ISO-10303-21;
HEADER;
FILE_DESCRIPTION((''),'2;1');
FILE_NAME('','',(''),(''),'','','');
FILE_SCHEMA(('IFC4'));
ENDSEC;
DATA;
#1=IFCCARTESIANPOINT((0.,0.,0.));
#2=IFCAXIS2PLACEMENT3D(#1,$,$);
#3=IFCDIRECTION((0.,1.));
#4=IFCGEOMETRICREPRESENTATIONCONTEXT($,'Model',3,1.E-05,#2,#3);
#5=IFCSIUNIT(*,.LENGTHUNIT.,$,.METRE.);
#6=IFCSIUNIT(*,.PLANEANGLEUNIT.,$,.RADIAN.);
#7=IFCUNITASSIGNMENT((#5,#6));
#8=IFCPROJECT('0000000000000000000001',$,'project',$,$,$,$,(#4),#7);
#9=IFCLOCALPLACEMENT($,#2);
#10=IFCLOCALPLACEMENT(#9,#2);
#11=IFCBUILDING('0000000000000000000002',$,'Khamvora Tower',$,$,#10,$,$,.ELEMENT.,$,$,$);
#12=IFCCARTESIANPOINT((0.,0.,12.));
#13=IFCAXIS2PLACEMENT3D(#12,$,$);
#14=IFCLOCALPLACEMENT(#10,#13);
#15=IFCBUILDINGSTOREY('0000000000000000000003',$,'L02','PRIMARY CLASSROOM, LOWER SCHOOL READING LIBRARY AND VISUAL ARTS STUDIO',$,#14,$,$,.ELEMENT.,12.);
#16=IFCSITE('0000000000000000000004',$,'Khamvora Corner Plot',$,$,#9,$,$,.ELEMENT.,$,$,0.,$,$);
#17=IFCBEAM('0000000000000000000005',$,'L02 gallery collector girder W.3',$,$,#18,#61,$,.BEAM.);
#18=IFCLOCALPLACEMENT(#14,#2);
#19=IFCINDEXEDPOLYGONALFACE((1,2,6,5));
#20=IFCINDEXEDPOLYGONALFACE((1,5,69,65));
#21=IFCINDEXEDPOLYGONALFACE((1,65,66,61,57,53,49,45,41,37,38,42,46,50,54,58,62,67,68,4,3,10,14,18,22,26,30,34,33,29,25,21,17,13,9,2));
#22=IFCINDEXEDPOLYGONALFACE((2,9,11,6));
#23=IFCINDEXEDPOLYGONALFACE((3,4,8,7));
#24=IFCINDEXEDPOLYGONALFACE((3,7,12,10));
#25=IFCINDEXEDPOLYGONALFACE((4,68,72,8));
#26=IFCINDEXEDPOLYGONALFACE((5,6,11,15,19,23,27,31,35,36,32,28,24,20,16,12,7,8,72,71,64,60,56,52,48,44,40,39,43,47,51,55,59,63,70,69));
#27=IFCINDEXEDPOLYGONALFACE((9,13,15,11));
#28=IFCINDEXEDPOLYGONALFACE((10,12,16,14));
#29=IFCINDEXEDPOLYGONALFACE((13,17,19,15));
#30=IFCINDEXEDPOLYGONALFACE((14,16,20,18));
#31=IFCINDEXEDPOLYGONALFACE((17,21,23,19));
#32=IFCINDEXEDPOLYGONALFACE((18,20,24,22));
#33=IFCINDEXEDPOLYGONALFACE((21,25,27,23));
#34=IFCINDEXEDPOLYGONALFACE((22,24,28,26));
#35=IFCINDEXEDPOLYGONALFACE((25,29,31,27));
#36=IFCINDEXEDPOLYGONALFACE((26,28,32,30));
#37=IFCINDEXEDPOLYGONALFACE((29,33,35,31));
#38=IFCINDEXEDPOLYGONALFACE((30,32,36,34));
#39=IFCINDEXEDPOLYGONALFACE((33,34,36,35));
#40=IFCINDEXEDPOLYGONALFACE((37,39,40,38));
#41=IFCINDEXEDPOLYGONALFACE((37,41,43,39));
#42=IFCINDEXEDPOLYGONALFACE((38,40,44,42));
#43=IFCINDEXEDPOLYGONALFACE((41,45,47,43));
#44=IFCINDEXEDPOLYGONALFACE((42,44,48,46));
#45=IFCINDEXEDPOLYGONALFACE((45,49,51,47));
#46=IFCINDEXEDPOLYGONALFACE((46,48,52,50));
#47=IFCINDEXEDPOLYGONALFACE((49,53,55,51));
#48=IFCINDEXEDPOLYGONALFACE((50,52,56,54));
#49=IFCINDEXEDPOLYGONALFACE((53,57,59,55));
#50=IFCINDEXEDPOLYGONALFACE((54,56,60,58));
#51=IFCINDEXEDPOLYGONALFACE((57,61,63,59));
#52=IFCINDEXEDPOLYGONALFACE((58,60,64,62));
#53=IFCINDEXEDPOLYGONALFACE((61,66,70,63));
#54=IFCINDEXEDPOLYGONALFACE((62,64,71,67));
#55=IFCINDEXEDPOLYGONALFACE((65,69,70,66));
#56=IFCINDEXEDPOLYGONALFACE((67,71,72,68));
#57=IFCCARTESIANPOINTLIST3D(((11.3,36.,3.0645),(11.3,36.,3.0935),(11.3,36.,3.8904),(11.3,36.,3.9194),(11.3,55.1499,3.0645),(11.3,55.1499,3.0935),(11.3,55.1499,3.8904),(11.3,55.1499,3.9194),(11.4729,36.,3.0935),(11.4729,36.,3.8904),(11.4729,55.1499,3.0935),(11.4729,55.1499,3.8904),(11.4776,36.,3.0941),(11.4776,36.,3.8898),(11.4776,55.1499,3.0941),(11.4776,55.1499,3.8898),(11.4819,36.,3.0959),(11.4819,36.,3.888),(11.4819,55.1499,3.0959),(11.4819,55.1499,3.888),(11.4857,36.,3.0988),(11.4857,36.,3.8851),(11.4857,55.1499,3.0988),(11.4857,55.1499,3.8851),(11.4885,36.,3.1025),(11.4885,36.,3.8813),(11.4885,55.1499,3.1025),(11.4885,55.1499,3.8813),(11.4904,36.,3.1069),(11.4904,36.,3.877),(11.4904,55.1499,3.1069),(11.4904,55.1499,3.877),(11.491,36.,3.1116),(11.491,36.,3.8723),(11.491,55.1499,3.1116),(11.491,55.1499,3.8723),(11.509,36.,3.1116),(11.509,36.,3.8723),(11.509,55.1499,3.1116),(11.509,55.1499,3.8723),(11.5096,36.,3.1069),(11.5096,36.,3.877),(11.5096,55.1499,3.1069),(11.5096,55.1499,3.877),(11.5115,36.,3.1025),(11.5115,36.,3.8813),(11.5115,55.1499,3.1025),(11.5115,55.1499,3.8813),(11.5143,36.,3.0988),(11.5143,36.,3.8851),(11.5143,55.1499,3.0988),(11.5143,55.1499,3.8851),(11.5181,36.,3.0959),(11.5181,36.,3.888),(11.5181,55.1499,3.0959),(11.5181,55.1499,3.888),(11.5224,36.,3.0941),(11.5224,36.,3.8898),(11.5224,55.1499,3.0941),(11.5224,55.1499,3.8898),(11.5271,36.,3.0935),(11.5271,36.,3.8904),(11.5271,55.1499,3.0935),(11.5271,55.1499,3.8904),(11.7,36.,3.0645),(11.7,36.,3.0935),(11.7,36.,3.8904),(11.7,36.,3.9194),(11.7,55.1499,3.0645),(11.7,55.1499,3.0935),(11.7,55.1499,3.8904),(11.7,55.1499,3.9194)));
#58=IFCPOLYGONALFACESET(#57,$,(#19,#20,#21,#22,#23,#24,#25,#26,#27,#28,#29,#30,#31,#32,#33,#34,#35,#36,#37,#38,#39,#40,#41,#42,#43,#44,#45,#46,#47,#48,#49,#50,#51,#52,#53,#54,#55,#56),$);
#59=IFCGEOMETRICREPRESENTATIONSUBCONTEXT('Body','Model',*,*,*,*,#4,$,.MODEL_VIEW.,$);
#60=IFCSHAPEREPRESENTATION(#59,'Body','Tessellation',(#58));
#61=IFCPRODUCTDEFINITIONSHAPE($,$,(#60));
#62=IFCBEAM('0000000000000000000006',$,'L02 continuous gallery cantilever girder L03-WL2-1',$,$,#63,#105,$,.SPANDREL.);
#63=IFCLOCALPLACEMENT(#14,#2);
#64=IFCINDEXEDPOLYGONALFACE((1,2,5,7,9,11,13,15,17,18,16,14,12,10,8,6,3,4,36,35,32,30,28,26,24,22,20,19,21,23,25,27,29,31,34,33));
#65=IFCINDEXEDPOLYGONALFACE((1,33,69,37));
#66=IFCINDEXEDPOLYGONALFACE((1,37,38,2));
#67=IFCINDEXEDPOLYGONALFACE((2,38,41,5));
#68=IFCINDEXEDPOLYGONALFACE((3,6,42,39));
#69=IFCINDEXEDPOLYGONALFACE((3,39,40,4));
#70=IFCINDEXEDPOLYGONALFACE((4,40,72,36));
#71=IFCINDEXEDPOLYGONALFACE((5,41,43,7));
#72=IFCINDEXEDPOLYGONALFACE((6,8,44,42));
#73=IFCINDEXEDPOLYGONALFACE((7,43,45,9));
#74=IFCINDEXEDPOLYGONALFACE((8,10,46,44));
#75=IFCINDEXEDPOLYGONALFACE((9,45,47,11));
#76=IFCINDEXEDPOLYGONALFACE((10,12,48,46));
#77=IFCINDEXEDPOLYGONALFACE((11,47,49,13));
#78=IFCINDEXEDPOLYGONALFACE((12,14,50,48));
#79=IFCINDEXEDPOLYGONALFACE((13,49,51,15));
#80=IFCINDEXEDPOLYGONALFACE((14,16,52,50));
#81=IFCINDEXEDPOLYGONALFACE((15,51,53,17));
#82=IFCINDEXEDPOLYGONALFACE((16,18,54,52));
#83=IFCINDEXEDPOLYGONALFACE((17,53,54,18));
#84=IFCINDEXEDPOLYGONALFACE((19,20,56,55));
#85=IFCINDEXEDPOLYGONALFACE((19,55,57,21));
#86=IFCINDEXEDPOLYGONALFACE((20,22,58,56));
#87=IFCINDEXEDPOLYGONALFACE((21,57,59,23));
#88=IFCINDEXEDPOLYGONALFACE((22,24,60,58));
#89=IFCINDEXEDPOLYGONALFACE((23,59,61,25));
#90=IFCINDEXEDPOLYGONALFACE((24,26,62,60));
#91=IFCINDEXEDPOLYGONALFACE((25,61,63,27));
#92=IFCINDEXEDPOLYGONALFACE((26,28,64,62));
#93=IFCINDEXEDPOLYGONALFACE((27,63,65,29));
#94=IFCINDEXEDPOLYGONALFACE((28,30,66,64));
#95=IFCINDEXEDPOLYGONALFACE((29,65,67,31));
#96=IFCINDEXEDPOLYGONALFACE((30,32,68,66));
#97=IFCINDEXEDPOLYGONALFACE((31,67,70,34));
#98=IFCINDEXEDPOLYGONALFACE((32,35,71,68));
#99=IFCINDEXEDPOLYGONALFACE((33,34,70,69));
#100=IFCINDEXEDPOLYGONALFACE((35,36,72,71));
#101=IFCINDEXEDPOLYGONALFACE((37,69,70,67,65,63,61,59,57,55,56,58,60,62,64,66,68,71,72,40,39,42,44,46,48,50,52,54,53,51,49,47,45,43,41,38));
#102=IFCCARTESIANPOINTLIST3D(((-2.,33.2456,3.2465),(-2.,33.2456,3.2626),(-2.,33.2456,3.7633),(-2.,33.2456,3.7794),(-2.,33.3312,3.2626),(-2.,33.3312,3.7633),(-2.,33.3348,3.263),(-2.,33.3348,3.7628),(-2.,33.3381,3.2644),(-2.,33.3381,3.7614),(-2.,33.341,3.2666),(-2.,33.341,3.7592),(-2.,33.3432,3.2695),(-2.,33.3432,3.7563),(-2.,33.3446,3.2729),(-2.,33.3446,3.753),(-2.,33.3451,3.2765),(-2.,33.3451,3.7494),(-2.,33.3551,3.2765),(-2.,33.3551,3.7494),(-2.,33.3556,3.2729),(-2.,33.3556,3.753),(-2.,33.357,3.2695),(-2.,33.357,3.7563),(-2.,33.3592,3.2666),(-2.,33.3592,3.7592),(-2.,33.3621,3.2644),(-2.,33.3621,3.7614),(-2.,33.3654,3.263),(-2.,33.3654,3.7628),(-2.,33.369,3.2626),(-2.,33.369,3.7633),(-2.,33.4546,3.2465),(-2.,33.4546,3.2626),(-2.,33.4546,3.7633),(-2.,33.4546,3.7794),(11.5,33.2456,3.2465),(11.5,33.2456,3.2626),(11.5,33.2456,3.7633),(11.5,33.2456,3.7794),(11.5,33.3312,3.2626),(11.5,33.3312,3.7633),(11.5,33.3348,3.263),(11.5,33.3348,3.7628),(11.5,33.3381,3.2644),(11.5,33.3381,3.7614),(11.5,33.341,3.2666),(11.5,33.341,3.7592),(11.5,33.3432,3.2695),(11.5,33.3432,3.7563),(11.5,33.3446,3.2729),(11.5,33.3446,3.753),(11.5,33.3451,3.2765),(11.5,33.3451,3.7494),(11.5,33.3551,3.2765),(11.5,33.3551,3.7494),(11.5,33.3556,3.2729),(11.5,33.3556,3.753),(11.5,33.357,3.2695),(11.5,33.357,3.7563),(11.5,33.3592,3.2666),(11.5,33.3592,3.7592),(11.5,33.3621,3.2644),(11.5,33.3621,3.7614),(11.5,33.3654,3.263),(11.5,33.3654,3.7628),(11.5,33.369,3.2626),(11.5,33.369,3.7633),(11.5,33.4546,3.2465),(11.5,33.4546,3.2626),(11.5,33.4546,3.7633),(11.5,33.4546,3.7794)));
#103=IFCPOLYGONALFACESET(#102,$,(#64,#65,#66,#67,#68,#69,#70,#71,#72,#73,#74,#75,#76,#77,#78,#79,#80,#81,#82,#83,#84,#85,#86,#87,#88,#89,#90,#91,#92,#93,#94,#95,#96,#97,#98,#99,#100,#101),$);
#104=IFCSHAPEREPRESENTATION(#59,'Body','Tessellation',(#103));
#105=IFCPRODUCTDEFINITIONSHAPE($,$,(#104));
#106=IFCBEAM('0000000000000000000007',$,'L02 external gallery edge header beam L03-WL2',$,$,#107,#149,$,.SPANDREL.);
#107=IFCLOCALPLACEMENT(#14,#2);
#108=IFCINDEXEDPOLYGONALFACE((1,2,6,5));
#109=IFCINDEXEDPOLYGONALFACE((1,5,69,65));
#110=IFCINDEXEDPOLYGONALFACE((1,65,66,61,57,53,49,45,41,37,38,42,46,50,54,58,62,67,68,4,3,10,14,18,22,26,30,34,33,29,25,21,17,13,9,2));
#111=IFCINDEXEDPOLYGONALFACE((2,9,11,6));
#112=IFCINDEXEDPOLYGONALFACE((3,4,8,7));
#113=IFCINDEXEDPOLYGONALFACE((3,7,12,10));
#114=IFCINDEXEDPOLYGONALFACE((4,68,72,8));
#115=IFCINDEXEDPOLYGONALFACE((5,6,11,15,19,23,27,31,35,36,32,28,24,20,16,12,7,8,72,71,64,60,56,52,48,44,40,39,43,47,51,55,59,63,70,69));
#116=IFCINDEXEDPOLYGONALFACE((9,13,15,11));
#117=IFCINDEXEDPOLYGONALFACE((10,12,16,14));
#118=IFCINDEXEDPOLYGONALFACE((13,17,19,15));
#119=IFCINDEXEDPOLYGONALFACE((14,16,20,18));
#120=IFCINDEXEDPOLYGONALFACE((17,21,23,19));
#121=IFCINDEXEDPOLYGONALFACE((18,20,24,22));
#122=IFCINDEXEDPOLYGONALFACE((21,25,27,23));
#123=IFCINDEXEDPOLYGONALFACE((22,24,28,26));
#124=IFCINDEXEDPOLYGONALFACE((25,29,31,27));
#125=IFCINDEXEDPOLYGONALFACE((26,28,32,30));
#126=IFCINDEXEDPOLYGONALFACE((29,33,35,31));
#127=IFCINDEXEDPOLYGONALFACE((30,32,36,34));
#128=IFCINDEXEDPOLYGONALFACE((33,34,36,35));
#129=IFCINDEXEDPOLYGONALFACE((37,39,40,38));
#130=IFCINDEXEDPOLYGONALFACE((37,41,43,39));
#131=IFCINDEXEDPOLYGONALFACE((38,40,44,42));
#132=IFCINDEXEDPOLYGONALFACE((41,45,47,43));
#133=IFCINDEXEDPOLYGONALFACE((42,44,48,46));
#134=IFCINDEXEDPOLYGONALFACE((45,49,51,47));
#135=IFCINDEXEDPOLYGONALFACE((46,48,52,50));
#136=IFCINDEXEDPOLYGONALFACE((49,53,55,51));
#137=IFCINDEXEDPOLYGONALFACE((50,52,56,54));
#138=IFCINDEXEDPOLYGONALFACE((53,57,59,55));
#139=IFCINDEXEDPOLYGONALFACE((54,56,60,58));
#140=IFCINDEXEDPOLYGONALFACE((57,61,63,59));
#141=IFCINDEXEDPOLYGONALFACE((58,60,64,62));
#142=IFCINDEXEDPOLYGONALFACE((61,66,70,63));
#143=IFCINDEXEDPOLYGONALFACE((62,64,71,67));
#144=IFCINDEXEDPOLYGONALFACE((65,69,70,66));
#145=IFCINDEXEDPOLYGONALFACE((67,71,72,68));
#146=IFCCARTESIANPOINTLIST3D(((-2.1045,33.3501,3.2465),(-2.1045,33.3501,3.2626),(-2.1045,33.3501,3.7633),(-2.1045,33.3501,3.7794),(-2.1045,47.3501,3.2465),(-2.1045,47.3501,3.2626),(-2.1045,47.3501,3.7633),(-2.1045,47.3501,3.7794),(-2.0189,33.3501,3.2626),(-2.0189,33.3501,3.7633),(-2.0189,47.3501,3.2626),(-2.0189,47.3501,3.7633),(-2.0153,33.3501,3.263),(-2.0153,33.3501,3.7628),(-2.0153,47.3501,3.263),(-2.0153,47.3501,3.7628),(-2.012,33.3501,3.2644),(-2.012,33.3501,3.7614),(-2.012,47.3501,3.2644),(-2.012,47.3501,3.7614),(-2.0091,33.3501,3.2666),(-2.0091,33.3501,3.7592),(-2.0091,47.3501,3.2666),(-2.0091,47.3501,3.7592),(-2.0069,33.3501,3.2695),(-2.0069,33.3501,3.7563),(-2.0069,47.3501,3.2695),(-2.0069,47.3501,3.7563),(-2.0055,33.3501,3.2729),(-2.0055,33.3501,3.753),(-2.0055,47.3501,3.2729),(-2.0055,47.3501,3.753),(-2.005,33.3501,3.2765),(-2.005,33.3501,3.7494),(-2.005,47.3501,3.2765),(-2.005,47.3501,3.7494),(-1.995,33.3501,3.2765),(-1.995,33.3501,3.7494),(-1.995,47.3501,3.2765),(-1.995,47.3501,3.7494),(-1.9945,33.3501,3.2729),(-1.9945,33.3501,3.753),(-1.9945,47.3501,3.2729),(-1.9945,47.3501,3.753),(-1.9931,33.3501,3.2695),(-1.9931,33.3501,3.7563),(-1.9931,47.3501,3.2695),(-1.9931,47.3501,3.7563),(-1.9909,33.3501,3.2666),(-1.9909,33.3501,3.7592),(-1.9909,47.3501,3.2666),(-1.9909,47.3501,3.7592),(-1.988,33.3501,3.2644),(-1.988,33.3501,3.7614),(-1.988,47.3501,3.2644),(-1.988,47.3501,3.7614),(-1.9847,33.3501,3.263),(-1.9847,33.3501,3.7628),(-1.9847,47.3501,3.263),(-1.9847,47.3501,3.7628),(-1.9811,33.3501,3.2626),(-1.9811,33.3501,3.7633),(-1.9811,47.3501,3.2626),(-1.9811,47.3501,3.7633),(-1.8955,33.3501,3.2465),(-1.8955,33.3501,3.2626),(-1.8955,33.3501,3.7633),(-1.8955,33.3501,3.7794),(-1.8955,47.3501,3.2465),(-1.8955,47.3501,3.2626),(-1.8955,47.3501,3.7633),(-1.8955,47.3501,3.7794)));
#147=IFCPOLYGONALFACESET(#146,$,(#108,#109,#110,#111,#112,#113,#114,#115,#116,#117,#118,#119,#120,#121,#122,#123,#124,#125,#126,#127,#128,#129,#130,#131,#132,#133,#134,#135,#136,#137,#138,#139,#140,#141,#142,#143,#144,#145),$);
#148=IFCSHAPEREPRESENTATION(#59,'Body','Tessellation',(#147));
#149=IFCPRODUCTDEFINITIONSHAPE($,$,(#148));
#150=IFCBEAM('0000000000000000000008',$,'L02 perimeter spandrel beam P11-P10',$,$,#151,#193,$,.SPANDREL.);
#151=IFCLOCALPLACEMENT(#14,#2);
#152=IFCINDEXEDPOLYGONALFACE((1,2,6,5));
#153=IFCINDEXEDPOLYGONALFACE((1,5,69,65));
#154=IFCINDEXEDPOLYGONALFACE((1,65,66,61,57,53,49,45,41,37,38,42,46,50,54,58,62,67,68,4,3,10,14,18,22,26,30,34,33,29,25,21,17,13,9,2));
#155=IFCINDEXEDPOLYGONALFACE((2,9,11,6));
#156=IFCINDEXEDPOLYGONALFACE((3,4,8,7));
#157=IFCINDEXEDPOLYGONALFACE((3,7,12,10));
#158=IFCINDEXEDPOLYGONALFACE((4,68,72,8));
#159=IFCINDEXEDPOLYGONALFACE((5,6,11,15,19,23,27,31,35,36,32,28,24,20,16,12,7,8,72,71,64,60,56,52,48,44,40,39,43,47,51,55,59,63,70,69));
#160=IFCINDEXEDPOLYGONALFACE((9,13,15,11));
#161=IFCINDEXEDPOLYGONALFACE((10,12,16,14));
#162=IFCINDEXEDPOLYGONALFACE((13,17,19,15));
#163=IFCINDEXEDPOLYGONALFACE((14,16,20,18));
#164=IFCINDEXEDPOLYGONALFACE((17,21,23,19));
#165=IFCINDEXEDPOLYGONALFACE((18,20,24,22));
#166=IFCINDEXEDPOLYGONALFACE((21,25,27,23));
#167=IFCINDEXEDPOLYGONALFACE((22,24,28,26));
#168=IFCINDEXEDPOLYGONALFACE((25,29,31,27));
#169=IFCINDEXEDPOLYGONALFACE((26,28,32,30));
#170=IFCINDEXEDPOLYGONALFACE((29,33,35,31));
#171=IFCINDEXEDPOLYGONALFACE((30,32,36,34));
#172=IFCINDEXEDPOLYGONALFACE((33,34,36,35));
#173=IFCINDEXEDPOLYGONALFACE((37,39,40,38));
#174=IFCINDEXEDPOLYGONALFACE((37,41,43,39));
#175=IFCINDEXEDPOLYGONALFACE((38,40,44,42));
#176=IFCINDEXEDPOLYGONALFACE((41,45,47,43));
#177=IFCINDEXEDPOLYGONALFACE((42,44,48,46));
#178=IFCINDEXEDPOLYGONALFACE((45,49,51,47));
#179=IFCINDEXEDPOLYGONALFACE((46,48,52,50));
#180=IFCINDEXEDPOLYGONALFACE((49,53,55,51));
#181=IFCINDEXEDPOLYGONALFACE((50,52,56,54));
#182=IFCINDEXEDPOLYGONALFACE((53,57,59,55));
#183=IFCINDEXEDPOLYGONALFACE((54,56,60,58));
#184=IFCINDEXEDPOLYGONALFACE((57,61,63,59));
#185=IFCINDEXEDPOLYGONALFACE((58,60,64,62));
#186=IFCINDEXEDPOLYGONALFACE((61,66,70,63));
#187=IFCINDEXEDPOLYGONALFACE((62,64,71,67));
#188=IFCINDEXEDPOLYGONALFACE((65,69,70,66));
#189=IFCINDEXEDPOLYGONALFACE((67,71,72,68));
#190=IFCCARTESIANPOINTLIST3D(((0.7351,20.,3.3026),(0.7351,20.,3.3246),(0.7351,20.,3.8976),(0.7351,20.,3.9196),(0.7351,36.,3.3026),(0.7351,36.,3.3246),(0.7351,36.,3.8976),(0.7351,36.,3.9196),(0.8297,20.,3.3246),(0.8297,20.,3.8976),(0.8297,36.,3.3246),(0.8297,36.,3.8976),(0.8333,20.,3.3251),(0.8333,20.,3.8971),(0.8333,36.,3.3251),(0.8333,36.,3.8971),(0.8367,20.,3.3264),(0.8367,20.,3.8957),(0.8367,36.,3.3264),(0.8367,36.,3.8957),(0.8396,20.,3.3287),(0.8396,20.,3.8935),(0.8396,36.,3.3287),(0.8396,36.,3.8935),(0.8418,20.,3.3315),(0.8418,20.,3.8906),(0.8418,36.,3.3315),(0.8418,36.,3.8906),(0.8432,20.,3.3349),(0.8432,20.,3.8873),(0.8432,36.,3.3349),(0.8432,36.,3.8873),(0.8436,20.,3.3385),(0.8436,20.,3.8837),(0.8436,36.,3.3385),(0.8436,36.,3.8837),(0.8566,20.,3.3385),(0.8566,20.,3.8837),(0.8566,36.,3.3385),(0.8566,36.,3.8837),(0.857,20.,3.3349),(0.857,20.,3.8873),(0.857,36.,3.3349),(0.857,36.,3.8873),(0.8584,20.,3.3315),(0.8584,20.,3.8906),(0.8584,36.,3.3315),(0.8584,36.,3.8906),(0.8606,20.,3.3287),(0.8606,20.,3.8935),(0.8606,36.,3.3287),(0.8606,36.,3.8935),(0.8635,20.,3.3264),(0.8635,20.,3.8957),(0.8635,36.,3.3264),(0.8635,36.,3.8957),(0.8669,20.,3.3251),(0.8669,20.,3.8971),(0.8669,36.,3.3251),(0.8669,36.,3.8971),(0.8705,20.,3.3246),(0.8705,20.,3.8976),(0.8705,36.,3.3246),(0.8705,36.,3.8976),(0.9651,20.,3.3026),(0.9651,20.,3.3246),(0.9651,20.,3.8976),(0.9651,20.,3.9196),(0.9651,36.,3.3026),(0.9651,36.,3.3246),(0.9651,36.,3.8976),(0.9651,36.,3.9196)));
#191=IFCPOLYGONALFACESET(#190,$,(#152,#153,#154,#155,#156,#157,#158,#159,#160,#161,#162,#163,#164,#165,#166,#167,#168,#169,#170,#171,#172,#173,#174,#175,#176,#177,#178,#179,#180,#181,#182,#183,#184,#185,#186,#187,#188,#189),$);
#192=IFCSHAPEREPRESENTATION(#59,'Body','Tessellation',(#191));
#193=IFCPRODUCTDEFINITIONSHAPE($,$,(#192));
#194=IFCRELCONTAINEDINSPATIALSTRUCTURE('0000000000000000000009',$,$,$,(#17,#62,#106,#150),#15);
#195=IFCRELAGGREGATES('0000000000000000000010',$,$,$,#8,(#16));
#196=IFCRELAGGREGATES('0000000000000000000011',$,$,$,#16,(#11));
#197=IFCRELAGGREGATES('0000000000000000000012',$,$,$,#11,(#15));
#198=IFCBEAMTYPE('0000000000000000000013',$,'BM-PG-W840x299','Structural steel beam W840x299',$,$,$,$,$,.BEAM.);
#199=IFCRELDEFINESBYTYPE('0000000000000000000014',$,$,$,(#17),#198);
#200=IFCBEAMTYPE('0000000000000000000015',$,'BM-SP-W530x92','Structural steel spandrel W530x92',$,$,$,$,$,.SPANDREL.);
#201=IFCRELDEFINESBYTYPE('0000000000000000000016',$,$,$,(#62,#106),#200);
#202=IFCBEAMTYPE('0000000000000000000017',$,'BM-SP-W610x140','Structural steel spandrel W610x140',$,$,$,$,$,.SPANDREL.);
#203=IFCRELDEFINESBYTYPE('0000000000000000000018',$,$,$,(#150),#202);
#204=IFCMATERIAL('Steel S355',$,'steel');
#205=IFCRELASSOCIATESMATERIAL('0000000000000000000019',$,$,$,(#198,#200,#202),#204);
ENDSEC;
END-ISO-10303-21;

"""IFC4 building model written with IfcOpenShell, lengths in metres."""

from ifc_helpers import new_model, si_unit, direction, frame, origin, origin_2d, place, context, subcontext, project, spatial, i_section, extrude, material, material_profile, profile_set, type_object, element, save


model = new_model("IFC4")

# Units and contexts
model_context = context("Model", 3, precision=1e-05, world=origin(), true_north=direction((0.0, 1.0)))
body_context = subcontext(model_context, "Body", "Model", "MODEL_VIEW")
ifc_project = project(units=[si_unit("LENGTHUNIT", "METRE"), si_unit("PLANEANGLEUNIT", "RADIAN")], contexts=[model_context])

# Site, building, storey
site_placement = place(None, origin())
site = spatial("IfcSite", under=ifc_project, at=site_placement, Name="Khamvora Corner Plot", CompositionType="ELEMENT", RefElevation=0.0)
building_placement = place(site_placement, origin())
building = spatial("IfcBuilding", under=site, at=building_placement, Name="Khamvora Tower", CompositionType="ELEMENT")
storey_placement = place(building_placement, frame((0.0, 0.0, 12.0)))
storey = spatial("IfcBuildingStorey", under=building, at=storey_placement, Name="L02", Description="PRIMARY CLASSROOM, LOWER SCHOOL READING LIBRARY AND VISUAL ARTS STUDIO", CompositionType="ELEMENT", Elevation=12.0)

# Beams
ifc_material_1 = material(Name="Steel S355", Category="steel")
ifc_material_profile_1 = material_profile(ifc_material_1, i_section(OverallWidth=0.3999, OverallDepth=0.855, WebThickness=0.0181, FlangeThickness=0.0291, FilletRadius=0.0181, at=origin_2d()), Name="W840x299")
ifc_profile_set_1 = profile_set([ifc_material_profile_1], Name="Steel S355")
beam_type_1 = type_object("IfcBeamType", Name="BM-PG-W840x299", Description="Structural steel beam W840x299", PredefinedType="BEAM", material=ifc_profile_set_1)
beam_1_placement = place(storey_placement, frame((11.5, 36.0, 3.4919), z_axis=(0.0, 1.0, 0.0), x_axis=(-1.0, 0.0, 0.0)))
element("IfcBeam", 1, at=beam_1_placement, inside=storey, type_object=beam_type_1, Name="L02 gallery collector girder W.3", PredefinedType="BEAM", context=body_context, shape_type="SweptSolid", body=[
    extrude(i_section(OverallWidth=0.3999, OverallDepth=0.855, WebThickness=0.0181, FlangeThickness=0.0291, FilletRadius=0.0181, at=origin_2d()), origin(), (0.0, 0.0, 1.0), 19.1499),
])
ifc_material_profile_2 = material_profile(ifc_material_1, i_section(OverallWidth=0.209, OverallDepth=0.533, WebThickness=0.01, FlangeThickness=0.0161, FilletRadius=0.0139, at=origin_2d()), Name="W530x92")
ifc_profile_set_2 = profile_set([ifc_material_profile_2], Name="Steel S355")
beam_type_2 = type_object("IfcBeamType", Name="BM-SP-W530x92", Description="Structural steel spandrel W530x92", PredefinedType="SPANDREL", material=ifc_profile_set_2)
beam_2_placement = place(storey_placement, frame((11.5, 33.3501, 3.5129), z_axis=(-1.0, 0.0, 0.0), x_axis=(0.0, -1.0, 0.0)))
element("IfcBeam", 2, at=beam_2_placement, inside=storey, type_object=beam_type_2, Name="L02 continuous gallery cantilever girder L03-WL2-1", PredefinedType="SPANDREL", context=body_context, shape_type="SweptSolid", body=[
    extrude(i_section(OverallWidth=0.209, OverallDepth=0.533, WebThickness=0.01, FlangeThickness=0.0161, FilletRadius=0.0139, at=origin_2d()), origin(), (0.0, 0.0, 1.0), 13.5),
])
beam_3_placement = place(storey_placement, frame((-2.0, 33.3501, 3.5129), z_axis=(0.0, 1.0, 0.0), x_axis=(-1.0, 0.0, 0.0)))
element("IfcBeam", 3, at=beam_3_placement, inside=storey, type_object=beam_type_2, Name="L02 external gallery edge header beam L03-WL2", PredefinedType="SPANDREL", context=body_context, shape_type="SweptSolid", body=[
    extrude(i_section(OverallWidth=0.209, OverallDepth=0.533, WebThickness=0.01, FlangeThickness=0.0161, FilletRadius=0.0139, at=origin_2d()), origin(), (0.0, 0.0, 1.0), 14.0),
])
ifc_material_profile_3 = material_profile(ifc_material_1, i_section(OverallWidth=0.23, OverallDepth=0.6169, WebThickness=0.0129, FlangeThickness=0.022, FilletRadius=0.0139, at=origin_2d()), Name="W610x140")
ifc_profile_set_3 = profile_set([ifc_material_profile_3], Name="Steel S355")
beam_type_3 = type_object("IfcBeamType", Name="BM-SP-W610x140", Description="Structural steel spandrel W610x140", PredefinedType="SPANDREL", material=ifc_profile_set_3)
beam_4_placement = place(storey_placement, frame((0.8501, 36.0, 3.6111), z_axis=(0.0, -1.0, 0.0), x_axis=(1.0, 0.0, 0.0)))
element("IfcBeam", 4, at=beam_4_placement, inside=storey, type_object=beam_type_3, Name="L02 perimeter spandrel beam P11-P10", PredefinedType="SPANDREL", context=body_context, shape_type="SweptSolid", body=[
    extrude(i_section(OverallWidth=0.23, OverallDepth=0.6169, WebThickness=0.0129, FlangeThickness=0.022, FilletRadius=0.0139, at=origin_2d()), origin(), (0.0, 0.0, 1.0), 16.0),
])

save(model, "model.ifc")
